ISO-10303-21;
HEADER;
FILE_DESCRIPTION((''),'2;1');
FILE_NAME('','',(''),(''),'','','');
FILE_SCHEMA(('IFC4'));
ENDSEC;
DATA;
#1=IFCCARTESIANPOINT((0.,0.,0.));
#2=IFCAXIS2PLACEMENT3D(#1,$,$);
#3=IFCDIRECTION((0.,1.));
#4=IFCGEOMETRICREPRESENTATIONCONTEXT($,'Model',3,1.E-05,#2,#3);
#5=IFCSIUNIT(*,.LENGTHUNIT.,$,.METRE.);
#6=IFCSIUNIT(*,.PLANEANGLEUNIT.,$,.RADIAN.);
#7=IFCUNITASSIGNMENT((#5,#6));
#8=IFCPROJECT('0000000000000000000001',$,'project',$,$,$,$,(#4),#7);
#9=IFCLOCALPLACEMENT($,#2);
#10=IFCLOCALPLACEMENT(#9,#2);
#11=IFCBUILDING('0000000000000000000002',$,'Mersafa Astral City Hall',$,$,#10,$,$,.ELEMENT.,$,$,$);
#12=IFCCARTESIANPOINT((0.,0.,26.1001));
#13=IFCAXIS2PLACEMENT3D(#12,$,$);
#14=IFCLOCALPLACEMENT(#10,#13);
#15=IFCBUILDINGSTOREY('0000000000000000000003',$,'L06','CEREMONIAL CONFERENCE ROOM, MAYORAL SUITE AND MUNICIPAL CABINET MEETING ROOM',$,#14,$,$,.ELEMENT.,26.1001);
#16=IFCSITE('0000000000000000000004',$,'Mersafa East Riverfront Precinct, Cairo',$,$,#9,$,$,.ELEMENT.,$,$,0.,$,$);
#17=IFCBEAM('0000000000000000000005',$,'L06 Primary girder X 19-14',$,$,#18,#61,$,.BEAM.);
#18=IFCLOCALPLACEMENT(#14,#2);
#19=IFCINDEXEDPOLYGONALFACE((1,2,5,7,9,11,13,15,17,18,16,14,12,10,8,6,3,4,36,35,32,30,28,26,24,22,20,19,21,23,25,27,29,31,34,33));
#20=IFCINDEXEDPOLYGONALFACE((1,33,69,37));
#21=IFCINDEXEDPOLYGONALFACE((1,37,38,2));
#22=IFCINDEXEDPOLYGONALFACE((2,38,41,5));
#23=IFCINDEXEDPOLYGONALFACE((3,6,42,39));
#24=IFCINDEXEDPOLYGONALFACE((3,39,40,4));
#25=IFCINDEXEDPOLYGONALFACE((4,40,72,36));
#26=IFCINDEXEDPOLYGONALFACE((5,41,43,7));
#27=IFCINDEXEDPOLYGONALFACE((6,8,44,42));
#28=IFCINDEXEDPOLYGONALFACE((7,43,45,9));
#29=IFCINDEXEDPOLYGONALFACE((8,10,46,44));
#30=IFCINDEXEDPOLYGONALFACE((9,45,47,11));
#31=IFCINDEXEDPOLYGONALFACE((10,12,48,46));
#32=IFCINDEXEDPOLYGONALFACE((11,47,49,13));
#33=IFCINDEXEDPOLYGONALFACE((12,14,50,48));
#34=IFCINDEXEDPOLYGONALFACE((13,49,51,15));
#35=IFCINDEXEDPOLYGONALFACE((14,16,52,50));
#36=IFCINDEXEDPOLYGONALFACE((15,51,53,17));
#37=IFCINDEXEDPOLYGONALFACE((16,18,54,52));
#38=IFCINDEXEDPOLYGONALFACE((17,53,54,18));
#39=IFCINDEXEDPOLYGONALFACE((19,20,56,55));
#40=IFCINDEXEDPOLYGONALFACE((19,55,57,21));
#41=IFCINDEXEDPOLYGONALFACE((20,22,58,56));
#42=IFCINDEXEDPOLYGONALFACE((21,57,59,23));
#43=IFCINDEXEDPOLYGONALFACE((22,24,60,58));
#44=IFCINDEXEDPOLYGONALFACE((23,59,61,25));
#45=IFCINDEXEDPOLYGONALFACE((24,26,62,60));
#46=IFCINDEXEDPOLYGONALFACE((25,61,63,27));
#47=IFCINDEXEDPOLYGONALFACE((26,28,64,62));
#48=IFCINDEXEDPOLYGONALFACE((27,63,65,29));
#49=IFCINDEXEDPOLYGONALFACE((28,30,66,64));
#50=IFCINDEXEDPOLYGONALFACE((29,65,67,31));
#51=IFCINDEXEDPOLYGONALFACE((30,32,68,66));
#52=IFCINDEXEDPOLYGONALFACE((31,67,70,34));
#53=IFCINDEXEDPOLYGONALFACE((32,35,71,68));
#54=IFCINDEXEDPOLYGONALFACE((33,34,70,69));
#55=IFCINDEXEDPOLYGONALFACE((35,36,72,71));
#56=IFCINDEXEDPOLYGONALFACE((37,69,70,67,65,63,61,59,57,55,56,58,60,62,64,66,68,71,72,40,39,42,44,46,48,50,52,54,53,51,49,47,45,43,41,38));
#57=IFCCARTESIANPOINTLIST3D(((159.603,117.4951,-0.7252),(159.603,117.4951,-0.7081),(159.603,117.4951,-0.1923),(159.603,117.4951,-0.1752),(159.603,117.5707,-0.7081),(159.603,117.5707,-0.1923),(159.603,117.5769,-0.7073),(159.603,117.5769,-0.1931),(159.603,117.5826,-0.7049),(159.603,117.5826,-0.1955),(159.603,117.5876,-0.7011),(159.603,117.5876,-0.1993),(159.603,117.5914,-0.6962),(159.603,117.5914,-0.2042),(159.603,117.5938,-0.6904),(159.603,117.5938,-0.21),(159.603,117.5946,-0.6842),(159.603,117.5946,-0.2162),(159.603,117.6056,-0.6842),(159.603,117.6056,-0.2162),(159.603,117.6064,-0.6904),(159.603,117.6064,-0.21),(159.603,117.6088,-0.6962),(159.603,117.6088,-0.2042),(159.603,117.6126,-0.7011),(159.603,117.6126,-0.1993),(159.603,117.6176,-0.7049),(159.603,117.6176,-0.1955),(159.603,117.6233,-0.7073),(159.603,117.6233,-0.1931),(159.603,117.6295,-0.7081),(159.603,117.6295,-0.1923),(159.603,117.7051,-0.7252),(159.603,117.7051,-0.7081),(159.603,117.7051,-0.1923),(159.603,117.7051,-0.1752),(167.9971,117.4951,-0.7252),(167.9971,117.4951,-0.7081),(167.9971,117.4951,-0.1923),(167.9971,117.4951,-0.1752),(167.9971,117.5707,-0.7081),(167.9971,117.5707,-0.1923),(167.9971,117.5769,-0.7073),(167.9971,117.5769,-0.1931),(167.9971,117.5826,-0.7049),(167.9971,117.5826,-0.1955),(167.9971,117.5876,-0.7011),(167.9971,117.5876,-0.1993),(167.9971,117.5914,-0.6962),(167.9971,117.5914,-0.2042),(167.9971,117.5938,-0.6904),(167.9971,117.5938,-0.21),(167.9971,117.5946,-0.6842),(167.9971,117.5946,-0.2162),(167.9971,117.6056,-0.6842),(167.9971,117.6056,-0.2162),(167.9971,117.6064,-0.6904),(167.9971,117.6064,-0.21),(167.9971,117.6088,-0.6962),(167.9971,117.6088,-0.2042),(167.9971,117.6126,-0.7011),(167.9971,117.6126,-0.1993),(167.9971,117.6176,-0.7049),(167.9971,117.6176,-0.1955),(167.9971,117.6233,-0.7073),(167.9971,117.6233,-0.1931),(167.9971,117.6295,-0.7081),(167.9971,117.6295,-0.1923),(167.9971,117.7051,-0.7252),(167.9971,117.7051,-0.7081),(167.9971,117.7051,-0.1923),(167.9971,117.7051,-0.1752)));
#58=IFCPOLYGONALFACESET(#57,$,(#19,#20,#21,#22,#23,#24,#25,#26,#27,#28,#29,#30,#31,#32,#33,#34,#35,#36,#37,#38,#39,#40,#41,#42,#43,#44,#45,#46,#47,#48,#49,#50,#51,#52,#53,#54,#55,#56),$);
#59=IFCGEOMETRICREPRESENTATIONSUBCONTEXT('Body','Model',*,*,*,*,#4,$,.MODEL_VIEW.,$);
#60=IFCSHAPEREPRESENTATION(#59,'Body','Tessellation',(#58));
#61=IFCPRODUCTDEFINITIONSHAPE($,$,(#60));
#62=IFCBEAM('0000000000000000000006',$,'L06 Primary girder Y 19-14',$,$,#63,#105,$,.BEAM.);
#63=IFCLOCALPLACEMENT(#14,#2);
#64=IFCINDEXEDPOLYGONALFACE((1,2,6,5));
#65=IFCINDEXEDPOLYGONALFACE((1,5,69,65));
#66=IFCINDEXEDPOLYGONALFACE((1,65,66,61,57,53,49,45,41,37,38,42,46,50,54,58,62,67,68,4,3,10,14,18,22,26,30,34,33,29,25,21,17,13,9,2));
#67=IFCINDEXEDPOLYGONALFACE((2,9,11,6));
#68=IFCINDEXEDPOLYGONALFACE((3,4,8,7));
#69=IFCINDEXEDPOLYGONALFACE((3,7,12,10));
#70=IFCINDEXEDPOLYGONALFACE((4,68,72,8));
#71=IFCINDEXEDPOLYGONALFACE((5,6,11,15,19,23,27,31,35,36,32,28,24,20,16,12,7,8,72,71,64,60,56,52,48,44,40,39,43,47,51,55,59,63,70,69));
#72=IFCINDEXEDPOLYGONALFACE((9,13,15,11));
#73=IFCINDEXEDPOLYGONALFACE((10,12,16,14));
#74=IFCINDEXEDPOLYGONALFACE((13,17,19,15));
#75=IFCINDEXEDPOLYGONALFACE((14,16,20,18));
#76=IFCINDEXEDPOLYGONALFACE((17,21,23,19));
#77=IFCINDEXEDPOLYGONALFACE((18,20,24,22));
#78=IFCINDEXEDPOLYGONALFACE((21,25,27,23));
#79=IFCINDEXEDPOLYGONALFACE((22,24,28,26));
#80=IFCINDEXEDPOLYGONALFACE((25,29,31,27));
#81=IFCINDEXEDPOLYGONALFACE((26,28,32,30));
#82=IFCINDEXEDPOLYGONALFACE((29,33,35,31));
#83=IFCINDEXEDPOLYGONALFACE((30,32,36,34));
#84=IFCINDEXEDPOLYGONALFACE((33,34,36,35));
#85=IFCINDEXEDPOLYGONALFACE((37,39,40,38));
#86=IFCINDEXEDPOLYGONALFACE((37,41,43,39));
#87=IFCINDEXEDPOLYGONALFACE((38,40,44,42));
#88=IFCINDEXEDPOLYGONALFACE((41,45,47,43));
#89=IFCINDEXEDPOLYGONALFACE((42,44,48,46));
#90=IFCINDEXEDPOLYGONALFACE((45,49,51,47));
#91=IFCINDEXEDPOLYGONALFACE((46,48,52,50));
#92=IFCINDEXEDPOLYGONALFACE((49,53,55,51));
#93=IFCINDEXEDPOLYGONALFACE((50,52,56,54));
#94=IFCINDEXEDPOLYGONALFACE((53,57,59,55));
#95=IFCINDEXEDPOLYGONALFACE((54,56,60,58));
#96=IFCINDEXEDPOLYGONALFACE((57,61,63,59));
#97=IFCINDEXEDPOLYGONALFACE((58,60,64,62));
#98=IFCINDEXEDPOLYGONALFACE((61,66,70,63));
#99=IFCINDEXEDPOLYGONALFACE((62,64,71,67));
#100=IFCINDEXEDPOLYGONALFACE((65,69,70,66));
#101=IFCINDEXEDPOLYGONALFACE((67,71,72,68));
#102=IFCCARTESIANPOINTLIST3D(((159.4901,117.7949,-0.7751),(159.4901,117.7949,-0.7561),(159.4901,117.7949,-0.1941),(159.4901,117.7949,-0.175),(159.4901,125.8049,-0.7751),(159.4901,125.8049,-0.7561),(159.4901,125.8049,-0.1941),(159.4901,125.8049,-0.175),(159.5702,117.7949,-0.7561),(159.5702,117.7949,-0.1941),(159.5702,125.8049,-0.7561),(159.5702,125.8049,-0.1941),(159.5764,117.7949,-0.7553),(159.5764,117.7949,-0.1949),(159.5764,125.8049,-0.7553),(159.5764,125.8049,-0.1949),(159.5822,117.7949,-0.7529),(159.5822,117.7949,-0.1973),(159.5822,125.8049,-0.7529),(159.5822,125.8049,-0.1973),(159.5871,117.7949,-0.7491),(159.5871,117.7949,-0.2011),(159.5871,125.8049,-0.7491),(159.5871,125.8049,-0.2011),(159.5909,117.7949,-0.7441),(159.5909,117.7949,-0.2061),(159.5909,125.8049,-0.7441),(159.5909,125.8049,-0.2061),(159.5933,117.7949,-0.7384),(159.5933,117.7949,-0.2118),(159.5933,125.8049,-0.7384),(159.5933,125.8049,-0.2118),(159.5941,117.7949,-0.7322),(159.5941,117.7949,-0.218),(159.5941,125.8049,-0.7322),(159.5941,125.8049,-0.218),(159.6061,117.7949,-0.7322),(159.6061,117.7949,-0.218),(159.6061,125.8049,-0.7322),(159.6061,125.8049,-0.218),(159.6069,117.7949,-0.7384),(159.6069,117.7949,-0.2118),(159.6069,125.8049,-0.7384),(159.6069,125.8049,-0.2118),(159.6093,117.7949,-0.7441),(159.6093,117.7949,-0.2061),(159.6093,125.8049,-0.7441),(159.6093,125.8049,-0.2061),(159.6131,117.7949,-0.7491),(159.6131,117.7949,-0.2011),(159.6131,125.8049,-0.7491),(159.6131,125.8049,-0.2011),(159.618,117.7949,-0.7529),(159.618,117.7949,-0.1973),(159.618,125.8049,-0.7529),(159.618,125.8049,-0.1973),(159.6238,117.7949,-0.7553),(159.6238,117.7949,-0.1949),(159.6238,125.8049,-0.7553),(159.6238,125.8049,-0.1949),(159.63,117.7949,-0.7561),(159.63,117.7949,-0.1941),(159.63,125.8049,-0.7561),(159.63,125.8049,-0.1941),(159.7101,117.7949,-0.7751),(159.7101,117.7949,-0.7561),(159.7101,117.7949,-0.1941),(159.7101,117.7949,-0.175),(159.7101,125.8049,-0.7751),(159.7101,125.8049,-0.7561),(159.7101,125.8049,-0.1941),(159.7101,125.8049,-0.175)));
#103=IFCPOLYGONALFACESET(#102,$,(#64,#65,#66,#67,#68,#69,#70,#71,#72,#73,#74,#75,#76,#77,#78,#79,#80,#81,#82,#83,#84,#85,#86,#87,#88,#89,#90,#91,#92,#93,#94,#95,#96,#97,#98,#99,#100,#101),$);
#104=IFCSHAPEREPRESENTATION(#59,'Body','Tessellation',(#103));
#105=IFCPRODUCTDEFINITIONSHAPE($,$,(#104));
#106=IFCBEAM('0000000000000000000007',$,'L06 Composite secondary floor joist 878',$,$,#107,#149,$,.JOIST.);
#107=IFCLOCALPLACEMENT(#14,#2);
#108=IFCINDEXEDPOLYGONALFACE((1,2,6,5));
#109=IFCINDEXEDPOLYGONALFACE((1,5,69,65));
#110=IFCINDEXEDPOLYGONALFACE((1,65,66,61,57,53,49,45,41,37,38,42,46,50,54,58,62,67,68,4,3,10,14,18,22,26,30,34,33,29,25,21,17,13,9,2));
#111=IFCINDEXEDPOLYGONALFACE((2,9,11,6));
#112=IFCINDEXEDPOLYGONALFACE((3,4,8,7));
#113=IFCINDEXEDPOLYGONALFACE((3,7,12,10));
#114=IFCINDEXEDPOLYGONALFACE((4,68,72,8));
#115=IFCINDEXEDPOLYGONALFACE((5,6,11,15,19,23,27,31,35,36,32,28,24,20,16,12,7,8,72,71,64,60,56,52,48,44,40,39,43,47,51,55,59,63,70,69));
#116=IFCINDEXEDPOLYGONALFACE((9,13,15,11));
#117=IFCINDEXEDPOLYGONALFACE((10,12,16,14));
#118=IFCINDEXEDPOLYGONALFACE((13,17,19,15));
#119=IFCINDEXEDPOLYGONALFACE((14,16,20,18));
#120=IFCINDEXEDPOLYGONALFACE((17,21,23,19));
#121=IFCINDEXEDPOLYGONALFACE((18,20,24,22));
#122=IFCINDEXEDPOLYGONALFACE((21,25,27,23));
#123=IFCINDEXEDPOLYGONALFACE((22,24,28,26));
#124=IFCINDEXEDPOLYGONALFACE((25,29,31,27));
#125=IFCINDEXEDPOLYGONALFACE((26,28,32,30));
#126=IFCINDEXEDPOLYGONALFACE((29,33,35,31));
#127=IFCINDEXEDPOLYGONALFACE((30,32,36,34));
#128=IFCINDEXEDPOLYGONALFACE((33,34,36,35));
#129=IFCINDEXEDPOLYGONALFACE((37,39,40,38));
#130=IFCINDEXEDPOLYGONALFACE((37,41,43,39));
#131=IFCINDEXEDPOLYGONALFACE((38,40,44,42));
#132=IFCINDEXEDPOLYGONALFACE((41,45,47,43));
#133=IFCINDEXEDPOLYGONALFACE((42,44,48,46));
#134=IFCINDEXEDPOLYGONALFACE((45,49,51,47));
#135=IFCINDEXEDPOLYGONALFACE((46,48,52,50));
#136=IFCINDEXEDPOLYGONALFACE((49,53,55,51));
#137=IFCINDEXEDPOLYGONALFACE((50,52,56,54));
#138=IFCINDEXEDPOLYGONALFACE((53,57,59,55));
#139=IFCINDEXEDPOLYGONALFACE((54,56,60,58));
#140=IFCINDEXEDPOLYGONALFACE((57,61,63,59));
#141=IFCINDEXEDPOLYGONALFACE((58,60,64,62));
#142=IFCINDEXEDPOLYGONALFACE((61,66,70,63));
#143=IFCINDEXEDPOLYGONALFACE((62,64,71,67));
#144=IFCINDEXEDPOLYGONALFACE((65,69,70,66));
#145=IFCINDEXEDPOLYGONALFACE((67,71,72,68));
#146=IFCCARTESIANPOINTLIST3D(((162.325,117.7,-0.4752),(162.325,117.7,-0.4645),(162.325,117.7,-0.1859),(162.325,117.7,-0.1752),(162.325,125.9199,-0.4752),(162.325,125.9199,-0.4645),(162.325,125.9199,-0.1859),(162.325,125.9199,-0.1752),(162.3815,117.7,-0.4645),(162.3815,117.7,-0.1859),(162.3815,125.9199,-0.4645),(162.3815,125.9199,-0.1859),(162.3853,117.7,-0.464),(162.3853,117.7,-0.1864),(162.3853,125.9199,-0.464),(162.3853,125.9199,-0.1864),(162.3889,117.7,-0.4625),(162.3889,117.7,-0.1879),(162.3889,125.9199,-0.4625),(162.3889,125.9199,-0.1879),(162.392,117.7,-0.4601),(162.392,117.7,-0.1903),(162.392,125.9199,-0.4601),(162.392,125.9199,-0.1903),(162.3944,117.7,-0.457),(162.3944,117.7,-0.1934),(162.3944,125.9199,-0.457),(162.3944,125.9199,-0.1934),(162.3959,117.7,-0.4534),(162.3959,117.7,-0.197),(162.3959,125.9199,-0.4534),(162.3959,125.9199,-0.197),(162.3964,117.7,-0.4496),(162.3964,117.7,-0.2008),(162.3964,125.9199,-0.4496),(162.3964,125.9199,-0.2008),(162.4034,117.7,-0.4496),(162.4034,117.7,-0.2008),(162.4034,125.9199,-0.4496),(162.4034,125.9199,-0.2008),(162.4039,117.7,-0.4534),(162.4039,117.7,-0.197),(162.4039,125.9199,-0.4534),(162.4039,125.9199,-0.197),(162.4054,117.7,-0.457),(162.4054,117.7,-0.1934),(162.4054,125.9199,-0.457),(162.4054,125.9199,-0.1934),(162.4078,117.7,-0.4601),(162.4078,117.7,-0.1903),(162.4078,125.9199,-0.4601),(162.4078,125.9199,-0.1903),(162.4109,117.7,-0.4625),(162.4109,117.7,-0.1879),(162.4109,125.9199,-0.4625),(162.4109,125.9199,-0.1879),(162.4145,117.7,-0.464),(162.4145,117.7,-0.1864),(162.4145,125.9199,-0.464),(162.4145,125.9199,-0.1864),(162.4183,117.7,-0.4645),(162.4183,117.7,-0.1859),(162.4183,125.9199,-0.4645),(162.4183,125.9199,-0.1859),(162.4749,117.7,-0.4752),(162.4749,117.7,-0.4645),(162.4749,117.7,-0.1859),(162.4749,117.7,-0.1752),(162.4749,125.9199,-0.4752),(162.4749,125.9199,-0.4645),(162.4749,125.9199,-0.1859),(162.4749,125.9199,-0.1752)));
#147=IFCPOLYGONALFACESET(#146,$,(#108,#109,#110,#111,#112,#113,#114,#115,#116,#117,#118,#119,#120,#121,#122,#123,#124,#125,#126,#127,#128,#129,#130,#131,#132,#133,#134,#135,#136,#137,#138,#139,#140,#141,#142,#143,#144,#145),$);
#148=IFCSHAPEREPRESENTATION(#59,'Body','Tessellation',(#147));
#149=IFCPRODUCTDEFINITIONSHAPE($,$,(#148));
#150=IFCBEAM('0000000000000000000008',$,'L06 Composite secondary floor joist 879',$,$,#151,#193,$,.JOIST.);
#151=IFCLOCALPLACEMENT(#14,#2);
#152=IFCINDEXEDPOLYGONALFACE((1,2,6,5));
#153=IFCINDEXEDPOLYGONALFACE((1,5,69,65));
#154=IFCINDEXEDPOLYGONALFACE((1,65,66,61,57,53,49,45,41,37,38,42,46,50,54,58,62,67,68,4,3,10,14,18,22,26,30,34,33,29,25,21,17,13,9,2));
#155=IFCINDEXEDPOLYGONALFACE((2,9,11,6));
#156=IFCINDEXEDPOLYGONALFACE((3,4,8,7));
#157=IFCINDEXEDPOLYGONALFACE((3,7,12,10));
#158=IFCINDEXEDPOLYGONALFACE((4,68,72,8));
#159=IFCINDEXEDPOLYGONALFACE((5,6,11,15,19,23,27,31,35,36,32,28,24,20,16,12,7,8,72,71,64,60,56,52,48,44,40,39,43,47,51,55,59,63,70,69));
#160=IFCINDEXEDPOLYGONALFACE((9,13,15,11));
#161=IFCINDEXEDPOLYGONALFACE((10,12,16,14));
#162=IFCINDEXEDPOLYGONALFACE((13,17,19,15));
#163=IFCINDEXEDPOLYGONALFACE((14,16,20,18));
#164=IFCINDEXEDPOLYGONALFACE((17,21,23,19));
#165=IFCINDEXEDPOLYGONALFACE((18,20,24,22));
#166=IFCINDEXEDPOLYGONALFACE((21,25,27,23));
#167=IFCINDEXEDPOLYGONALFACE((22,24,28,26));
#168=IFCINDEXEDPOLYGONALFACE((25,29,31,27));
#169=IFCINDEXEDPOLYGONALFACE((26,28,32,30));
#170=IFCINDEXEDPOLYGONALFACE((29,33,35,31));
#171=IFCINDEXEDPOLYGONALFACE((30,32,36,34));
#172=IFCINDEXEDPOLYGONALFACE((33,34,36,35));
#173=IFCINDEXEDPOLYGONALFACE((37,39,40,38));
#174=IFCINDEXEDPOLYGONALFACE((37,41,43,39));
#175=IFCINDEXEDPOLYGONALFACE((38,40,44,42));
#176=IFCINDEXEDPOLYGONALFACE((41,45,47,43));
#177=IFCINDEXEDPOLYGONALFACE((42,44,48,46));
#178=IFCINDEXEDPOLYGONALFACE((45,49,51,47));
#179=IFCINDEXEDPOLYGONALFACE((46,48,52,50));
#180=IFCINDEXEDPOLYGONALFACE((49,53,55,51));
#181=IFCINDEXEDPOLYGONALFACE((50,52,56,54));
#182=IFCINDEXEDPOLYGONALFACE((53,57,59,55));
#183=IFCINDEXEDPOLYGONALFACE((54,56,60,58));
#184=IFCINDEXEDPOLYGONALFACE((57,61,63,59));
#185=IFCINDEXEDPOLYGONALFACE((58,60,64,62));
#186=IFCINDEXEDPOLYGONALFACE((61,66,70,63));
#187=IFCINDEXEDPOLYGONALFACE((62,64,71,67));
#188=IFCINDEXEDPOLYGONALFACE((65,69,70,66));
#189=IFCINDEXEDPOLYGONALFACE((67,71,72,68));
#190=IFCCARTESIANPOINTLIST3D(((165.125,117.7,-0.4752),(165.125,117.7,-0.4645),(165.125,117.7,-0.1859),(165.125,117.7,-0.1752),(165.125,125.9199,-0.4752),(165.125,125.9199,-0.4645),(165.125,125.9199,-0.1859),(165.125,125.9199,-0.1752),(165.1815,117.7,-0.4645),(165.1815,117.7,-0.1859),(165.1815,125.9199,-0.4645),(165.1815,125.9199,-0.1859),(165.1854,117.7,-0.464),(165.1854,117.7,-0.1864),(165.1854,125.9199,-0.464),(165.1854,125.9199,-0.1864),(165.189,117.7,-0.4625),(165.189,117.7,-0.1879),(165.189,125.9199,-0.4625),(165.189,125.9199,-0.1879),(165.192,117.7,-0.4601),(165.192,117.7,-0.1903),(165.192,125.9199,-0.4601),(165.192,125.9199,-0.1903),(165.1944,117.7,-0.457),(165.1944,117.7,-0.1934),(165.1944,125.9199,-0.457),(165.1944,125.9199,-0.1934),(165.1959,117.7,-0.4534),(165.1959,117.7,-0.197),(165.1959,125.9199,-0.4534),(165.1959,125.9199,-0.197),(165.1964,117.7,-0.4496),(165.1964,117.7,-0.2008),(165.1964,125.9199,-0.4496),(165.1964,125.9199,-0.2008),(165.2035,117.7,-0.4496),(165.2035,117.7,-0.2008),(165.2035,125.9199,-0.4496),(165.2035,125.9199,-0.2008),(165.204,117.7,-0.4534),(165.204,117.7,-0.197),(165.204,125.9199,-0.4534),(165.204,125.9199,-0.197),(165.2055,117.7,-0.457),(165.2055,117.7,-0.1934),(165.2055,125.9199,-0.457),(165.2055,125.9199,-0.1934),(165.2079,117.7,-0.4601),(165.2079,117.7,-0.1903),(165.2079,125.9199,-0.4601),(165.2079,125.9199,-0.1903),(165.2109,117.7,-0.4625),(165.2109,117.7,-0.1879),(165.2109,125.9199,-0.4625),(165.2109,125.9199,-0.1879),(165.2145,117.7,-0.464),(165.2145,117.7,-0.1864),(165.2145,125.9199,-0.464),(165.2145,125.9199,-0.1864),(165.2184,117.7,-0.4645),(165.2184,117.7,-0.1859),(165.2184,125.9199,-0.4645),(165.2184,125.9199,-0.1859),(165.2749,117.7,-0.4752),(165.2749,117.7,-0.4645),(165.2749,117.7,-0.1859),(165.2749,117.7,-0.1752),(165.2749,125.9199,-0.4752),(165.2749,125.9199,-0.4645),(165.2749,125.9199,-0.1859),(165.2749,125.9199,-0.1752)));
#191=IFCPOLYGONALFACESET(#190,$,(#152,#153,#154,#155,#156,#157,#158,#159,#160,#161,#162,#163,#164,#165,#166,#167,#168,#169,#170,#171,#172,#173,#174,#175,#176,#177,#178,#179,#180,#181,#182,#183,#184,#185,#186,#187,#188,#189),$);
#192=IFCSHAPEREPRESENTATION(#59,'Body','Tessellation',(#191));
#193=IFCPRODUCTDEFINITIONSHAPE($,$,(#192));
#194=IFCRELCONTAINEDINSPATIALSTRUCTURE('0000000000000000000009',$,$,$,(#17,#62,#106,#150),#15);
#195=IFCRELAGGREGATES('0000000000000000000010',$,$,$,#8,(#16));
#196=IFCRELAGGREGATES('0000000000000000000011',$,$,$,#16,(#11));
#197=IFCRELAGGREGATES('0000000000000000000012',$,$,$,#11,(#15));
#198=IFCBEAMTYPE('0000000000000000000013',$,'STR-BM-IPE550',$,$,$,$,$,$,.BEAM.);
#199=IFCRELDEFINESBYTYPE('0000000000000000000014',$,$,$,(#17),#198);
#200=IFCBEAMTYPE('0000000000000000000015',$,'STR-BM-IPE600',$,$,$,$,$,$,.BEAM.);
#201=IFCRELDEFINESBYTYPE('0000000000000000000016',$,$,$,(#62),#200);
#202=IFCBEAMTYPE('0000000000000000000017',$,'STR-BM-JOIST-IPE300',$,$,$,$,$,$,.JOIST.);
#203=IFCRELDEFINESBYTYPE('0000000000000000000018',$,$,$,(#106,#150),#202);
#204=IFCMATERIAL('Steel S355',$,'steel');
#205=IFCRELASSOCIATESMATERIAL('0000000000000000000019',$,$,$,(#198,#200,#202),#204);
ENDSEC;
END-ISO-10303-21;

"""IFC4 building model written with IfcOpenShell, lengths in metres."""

from ifc_helpers import new_model, si_unit, direction, frame, origin, origin_2d, place, context, subcontext, project, spatial, i_section, extrude, material, material_profile, profile_set, type_object, element, save


model = new_model("IFC4")

# Units and contexts
model_context = context("Model", 3, precision=1e-05, world=origin(), true_north=direction((0.0, 1.0)))
body_context = subcontext(model_context, "Body", "Model", "MODEL_VIEW")
ifc_project = project(units=[si_unit("LENGTHUNIT", "METRE"), si_unit("PLANEANGLEUNIT", "RADIAN")], contexts=[model_context])

# Site, building, storey
site_placement = place(None, origin())
site = spatial("IfcSite", under=ifc_project, at=site_placement, Name="Mersafa East Riverfront Precinct, Cairo", CompositionType="ELEMENT", RefElevation=0.0)
building_placement = place(site_placement, origin())
building = spatial("IfcBuilding", under=site, at=building_placement, Name="Mersafa Astral City Hall", CompositionType="ELEMENT")
storey_placement = place(building_placement, frame((0.0, 0.0, 26.1001)))
storey = spatial("IfcBuildingStorey", under=building, at=storey_placement, Name="L06", Description="CEREMONIAL CONFERENCE ROOM, MAYORAL SUITE AND MUNICIPAL CABINET MEETING ROOM", CompositionType="ELEMENT", Elevation=26.1001)

# Shared definitions
ifc_material_1 = material(Name="Steel S355", Category="steel")

# Beams
ifc_material_profile_1 = material_profile(ifc_material_1, i_section(OverallWidth=0.21, OverallDepth=0.55, WebThickness=0.011, FlangeThickness=0.0171, FilletRadius=0.0239, at=origin_2d()), Name="IPE 550")
ifc_profile_set_1 = profile_set([ifc_material_profile_1], Name="Steel S355")
beam_type_1 = type_object("IfcBeamType", Name="STR-BM-IPE550", PredefinedType="BEAM", material=ifc_profile_set_1)
beam_1_placement = place(storey_placement, frame((159.603, 117.6001, -0.4502), z_axis=(1.0, 0.0, 0.0), x_axis=(0.0, 1.0, 0.0)))
element("IfcBeam", 1, at=beam_1_placement, inside=storey, type_object=beam_type_1, Name="L06 Primary girder X 19-14", PredefinedType="BEAM", context=body_context, shape_type="SweptSolid", body=[
    extrude(i_section(OverallWidth=0.21, OverallDepth=0.55, WebThickness=0.011, FlangeThickness=0.0171, FilletRadius=0.0239, at=origin_2d()), origin(), (0.0, 0.0, 1.0), 8.394),
])
ifc_material_profile_2 = material_profile(ifc_material_1, i_section(OverallWidth=0.22, OverallDepth=0.6001, WebThickness=0.012, FlangeThickness=0.019, FilletRadius=0.0239, at=origin_2d()), Name="IPE 600")
ifc_profile_set_2 = profile_set([ifc_material_profile_2], Name="Steel S355")
beam_type_2 = type_object("IfcBeamType", Name="STR-BM-IPE600", PredefinedType="BEAM", material=ifc_profile_set_2)
beam_2_placement = place(storey_placement, frame((159.6001, 117.7949, -0.4751), z_axis=(0.0, 1.0, 0.0), x_axis=(-1.0, 0.0, 0.0)))
element("IfcBeam", 2, at=beam_2_placement, inside=storey, type_object=beam_type_2, Name="L06 Primary girder Y 19-14", PredefinedType="BEAM", context=body_context, shape_type="SweptSolid", body=[
    extrude(i_section(OverallWidth=0.22, OverallDepth=0.6001, WebThickness=0.012, FlangeThickness=0.019, FilletRadius=0.0239, at=origin_2d()), origin(), (0.0, 0.0, 1.0), 8.01),
])
ifc_material_profile_3 = material_profile(ifc_material_1, i_section(OverallWidth=0.1499, OverallDepth=0.3, WebThickness=0.0071, FlangeThickness=0.0107, FilletRadius=0.0149, at=origin_2d()), Name="IPE 300")
ifc_profile_set_3 = profile_set([ifc_material_profile_3], Name="Steel S355")
beam_type_3 = type_object("IfcBeamType", Name="STR-BM-JOIST-IPE300", PredefinedType="JOIST", material=ifc_profile_set_3)
for number, where, z_axis, x_axis, name in (
    (3, (162.3999, 117.7, -0.3252), (0.0, 1.0, 0.0), (-1.0, 0.0, 0.0), "L06 Composite secondary floor joist 878"),
    (4, (165.2, 117.7, -0.3252), (0.0, 1.0, 0.0), (-1.0, 0.0, 0.0), "L06 Composite secondary floor joist 879"),
):
    element("IfcBeam", number, at=place(storey_placement, frame(where, z_axis=z_axis, x_axis=x_axis)), inside=storey, type_object=beam_type_3, Name=name, PredefinedType="JOIST", context=body_context, shape_type="SweptSolid", body=[
        extrude(i_section(OverallWidth=0.1499, OverallDepth=0.3, WebThickness=0.0071, FlangeThickness=0.0107, FilletRadius=0.0149, at=origin_2d()), origin(), (0.0, 0.0, 1.0), 8.22),
    ])

save(model, "model.ifc")
